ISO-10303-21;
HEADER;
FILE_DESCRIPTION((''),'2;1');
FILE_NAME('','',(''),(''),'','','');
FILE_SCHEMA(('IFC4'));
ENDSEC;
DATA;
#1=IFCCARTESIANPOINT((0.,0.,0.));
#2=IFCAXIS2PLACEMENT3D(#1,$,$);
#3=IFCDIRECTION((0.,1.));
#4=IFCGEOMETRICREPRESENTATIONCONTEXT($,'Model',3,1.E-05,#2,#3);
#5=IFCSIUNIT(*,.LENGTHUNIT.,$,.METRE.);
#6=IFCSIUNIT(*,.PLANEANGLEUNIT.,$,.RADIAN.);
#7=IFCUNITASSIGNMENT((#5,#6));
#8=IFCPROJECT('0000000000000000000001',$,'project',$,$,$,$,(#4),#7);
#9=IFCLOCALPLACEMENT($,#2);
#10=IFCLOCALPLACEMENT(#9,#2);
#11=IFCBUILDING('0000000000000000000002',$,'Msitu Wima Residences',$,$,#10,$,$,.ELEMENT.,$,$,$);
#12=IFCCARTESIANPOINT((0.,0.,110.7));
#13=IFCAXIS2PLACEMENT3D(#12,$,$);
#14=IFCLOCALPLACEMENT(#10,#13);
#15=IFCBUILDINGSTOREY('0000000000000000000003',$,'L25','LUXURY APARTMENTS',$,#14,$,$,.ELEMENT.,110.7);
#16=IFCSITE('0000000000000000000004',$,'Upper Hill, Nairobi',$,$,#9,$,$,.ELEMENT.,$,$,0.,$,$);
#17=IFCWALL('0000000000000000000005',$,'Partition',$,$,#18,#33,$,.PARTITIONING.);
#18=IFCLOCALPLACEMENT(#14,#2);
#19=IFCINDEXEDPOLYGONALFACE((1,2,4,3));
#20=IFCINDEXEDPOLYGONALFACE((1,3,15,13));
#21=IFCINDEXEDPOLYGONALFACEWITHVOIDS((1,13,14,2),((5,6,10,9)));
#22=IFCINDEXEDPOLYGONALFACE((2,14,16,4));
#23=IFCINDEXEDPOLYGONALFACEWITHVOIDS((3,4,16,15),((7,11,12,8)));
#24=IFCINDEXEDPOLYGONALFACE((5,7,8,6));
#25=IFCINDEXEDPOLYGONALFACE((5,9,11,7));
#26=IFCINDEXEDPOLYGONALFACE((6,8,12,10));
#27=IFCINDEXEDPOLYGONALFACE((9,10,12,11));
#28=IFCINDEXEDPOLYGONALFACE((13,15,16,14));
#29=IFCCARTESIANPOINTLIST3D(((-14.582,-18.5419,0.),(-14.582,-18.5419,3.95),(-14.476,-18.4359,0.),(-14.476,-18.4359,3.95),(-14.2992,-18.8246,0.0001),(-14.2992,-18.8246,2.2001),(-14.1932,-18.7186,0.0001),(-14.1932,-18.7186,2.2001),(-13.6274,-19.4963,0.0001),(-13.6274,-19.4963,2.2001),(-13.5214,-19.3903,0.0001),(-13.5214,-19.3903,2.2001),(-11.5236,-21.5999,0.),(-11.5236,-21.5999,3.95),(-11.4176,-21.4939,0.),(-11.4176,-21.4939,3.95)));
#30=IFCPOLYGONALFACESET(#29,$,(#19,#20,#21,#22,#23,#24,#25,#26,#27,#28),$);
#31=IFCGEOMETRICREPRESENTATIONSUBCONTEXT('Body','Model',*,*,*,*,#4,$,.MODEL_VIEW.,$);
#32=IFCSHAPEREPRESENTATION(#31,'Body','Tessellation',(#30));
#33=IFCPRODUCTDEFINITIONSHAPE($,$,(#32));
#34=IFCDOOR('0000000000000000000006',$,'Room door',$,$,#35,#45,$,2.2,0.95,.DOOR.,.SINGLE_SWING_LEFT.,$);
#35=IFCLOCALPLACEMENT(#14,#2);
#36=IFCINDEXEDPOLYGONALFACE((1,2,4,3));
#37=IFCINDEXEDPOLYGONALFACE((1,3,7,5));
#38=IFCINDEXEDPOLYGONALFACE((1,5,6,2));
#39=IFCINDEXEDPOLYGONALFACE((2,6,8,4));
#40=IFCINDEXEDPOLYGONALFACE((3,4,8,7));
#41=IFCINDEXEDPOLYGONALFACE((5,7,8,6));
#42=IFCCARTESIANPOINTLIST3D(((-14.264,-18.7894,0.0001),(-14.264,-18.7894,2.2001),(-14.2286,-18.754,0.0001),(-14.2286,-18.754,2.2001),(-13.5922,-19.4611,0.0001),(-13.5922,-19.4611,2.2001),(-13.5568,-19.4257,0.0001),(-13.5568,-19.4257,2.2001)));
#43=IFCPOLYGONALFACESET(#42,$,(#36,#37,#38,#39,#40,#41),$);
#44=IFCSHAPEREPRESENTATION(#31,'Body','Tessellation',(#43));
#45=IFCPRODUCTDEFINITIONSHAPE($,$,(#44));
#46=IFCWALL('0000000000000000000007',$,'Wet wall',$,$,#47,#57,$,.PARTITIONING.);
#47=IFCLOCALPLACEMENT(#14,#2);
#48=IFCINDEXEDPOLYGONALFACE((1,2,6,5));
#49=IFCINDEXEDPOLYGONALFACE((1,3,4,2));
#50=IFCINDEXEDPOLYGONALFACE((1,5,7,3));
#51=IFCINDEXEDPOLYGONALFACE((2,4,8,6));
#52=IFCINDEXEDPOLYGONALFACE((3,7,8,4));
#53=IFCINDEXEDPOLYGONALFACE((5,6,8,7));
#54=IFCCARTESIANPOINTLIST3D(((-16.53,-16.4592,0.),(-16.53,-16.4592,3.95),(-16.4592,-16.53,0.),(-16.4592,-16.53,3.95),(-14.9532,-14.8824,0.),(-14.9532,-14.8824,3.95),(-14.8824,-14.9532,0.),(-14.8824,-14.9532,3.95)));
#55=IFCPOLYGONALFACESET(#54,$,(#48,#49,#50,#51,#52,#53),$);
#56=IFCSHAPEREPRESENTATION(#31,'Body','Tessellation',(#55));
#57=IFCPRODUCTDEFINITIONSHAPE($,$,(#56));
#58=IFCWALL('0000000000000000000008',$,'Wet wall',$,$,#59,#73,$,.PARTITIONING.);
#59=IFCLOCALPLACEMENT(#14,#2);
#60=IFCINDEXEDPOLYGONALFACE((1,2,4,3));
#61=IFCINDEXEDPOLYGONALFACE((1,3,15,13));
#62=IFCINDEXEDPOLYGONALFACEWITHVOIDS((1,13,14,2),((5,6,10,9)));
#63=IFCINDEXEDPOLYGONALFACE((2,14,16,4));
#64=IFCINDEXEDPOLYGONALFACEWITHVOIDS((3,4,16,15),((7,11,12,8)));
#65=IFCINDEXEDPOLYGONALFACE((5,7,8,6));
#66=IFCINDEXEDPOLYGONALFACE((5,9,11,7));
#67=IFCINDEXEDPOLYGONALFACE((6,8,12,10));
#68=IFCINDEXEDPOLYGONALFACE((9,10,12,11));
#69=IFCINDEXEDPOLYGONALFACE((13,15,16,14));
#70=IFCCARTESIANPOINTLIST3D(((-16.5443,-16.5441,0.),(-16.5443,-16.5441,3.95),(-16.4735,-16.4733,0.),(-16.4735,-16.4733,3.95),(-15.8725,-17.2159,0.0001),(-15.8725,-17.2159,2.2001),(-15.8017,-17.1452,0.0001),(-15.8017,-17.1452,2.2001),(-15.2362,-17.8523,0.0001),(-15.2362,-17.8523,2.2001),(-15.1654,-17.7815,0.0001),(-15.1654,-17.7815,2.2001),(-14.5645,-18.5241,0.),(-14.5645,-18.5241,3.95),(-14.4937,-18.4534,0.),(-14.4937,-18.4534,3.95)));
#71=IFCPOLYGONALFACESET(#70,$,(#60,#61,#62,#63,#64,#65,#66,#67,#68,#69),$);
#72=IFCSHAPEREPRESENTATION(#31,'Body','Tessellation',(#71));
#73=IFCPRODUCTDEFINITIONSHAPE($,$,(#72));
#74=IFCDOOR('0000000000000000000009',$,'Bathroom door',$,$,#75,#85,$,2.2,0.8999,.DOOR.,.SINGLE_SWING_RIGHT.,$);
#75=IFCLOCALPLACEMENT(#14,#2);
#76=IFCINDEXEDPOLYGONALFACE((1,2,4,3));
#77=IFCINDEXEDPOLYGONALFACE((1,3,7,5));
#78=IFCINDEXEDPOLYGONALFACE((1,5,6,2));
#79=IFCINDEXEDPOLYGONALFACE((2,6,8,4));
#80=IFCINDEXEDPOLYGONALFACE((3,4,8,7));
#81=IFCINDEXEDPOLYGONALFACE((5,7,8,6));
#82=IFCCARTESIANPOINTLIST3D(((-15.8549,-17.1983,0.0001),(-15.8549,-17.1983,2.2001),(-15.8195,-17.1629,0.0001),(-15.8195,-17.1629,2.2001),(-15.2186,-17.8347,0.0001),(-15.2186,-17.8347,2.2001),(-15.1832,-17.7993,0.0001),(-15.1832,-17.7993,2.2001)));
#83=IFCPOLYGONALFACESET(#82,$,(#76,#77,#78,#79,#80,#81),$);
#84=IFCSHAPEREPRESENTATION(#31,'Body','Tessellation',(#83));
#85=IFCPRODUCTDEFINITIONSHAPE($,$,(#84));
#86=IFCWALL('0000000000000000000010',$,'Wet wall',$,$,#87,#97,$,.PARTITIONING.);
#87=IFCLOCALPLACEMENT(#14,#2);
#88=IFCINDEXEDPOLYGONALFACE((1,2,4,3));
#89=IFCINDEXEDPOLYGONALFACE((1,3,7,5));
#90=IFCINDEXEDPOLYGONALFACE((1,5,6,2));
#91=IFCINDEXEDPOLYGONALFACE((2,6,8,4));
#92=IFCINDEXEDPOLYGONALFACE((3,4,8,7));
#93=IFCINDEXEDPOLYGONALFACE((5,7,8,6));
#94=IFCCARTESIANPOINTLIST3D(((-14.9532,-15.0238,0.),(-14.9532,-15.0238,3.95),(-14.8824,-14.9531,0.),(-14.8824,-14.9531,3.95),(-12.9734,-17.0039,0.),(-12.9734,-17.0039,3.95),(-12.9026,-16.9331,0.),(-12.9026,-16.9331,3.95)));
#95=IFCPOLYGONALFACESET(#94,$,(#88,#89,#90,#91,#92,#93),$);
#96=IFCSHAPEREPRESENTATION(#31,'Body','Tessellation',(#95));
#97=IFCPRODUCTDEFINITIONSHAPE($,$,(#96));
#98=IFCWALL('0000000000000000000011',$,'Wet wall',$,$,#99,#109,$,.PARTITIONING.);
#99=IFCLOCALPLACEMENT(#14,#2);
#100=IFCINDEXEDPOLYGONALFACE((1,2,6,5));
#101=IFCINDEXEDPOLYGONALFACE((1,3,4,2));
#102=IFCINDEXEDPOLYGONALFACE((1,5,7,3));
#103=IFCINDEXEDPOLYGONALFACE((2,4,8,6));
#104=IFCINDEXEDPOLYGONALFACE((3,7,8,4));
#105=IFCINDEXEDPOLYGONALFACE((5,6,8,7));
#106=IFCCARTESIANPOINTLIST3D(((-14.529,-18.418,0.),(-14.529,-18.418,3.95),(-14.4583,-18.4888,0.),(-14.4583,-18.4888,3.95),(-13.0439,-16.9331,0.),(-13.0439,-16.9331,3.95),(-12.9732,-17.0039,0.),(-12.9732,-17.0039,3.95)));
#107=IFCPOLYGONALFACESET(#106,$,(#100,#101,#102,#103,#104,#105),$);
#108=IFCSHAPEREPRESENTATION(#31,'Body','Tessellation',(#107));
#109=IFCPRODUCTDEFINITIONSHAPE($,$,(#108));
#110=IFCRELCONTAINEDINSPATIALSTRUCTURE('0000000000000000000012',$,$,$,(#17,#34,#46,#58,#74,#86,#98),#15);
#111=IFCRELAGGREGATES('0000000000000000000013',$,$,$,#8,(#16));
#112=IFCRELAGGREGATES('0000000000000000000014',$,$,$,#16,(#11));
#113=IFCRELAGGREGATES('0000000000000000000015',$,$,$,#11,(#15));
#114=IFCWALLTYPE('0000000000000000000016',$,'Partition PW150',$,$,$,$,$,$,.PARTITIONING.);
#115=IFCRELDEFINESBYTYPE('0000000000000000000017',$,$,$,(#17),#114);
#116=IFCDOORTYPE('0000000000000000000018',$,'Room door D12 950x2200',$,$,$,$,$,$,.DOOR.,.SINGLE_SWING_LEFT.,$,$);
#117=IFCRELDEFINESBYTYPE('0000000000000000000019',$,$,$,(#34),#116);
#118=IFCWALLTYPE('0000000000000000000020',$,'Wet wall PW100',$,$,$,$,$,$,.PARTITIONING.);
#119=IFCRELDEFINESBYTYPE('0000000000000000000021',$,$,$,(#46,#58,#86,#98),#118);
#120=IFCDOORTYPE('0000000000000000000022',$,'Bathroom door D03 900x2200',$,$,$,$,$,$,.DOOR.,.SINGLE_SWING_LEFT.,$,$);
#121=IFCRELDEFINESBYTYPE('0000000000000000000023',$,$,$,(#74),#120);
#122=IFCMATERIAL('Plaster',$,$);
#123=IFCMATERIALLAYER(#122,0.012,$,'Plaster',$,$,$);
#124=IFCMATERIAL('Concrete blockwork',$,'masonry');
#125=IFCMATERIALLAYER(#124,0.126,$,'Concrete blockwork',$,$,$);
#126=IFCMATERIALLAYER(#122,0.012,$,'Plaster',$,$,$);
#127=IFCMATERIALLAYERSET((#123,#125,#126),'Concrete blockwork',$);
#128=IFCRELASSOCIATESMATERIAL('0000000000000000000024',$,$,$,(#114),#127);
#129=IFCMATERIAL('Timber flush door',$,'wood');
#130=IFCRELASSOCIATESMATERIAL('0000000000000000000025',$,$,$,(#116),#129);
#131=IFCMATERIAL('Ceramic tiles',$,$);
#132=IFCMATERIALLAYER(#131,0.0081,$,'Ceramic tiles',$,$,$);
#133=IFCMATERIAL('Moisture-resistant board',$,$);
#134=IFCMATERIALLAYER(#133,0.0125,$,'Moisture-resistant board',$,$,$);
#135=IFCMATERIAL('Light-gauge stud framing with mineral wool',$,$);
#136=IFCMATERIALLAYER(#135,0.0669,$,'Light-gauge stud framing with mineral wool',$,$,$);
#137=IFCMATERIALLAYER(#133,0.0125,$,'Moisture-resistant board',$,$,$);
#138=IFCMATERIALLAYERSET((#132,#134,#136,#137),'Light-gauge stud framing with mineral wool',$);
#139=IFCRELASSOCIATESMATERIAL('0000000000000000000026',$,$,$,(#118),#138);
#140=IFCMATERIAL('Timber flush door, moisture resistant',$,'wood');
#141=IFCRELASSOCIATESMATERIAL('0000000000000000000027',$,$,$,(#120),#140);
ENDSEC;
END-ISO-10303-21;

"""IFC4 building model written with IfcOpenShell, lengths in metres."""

from ifc_helpers import new_model, si_unit, direction, frame, frame_2d, origin, place, context, subcontext, project, spatial, rectangle, extrude, material, layer, layer_set, type_object, element, fill, save


model = new_model("IFC4")

# Units and contexts
model_context = context("Model", 3, precision=1e-05, world=origin(), true_north=direction((0.0, 1.0)))
body_context = subcontext(model_context, "Body", "Model", "MODEL_VIEW")
ifc_project = project(units=[si_unit("LENGTHUNIT", "METRE"), si_unit("PLANEANGLEUNIT", "RADIAN")], contexts=[model_context])

# Site, building, storey
site_placement = place(None, origin())
site = spatial("IfcSite", under=ifc_project, at=site_placement, Name="Upper Hill, Nairobi", CompositionType="ELEMENT", RefElevation=0.0)
building_placement = place(site_placement, origin())
building = spatial("IfcBuilding", under=site, at=building_placement, Name="Msitu Wima Residences", CompositionType="ELEMENT")
storey_placement = place(building_placement, frame((0.0, 0.0, 110.7)))
storey = spatial("IfcBuildingStorey", under=building, at=storey_placement, Name="L25", Description="LUXURY APARTMENTS", CompositionType="ELEMENT", Elevation=110.7)

# Shared definitions
ifc_material_1 = material(Name="Plaster")
ifc_material_2 = material(Name="Concrete blockwork", Category="masonry")

# Shared definitions
ifc_layer_1 = layer(ifc_material_1, 0.012, Name="Plaster")
ifc_layer_2 = layer(ifc_material_2, 0.126, Name="Concrete blockwork")
ifc_layer_3 = layer(ifc_material_1, 0.012, Name="Plaster")
ifc_layer_set_1 = layer_set([ifc_layer_1, ifc_layer_2, ifc_layer_3], Name="Concrete blockwork")
wall_type_1 = type_object("IfcWallType", Name="Partition PW150", PredefinedType="PARTITIONING", material=ifc_layer_set_1)

# Wall, opening, door
wall_1_placement = place(storey_placement, frame((-14.5291, -18.4888, 0.0), z_axis=(0.0, 0.0, 1.0), x_axis=(0.707135, -0.707079, 0.0)))
wall_1 = element("IfcWall", 1, at=wall_1_placement, inside=storey, type_object=wall_type_1, Name="Partition", PredefinedType="PARTITIONING", context=body_context, shape_type="SweptSolid", body=[
    extrude(rectangle(XDim=4.325, YDim=0.1499, at=frame_2d((2.1626, 0.0))), origin(), (0.0, 0.0, 1.0), 3.95),
])
opening_1_placement = place(wall_1_placement, frame((0.3999, 0.0, 0.0)))
opening_1 = element("IfcOpeningElement", 2, at=opening_1_placement, cuts=wall_1, PredefinedType="OPENING", context=body_context, shape_type="SweptSolid", body=[
    extrude(rectangle(XDim=0.95, YDim=2.2, at=frame_2d((0.4751, 1.1001))), frame((0.0, 0.085, 0.0), z_axis=(0.0, -1.0, 0.0), x_axis=(1.0, 0.0, 0.0)), (0.0, 0.0, 1.0), 0.1699),
])
ifc_material_3 = material(Name="Timber flush door", Category="wood")
door_type_1 = type_object("IfcDoorType", Name="Room door D12 950x2200", OperationType="SINGLE_SWING_LEFT", PredefinedType="DOOR", material=ifc_material_3)
door_1_placement = place(opening_1_placement, origin())
door_1 = element("IfcDoor", 3, at=door_1_placement, inside=storey, type_object=door_type_1, Name="Room door", OperationType="SINGLE_SWING_LEFT", OverallHeight=2.2, OverallWidth=0.95, PredefinedType="DOOR", context=body_context, shape_type="SweptSolid", body=[
    extrude(rectangle(XDim=0.95, YDim=2.2, at=frame_2d((0.4751, 1.1001))), frame((0.0, 0.0249, 0.0), z_axis=(0.0, -1.0, 0.0), x_axis=(1.0, 0.0, 0.0)), (0.0, 0.0, 1.0), 0.05),
])
fill(opening_1, door_1)

# Wall
ifc_material_4 = material(Name="Ceramic tiles")
ifc_layer_4 = layer(ifc_material_4, 0.0081, Name="Ceramic tiles")
ifc_material_5 = material(Name="Moisture-resistant board")
ifc_layer_5 = layer(ifc_material_5, 0.0125, Name="Moisture-resistant board")
ifc_material_6 = material(Name="Light-gauge stud framing with mineral wool")
ifc_layer_6 = layer(ifc_material_6, 0.0669, Name="Light-gauge stud framing with mineral wool")
ifc_layer_7 = layer(ifc_material_5, 0.0125, Name="Moisture-resistant board")
ifc_layer_set_2 = layer_set([ifc_layer_4, ifc_layer_5, ifc_layer_6, ifc_layer_7], Name="Light-gauge stud framing with mineral wool")
wall_type_2 = type_object("IfcWallType", Name="Wet wall PW100", PredefinedType="PARTITIONING", material=ifc_layer_set_2)
wall_2_placement = place(storey_placement, frame((-16.4946, -16.4946, 0.0), z_axis=(0.0, 0.0, 1.0), x_axis=(0.707107, 0.707107, 0.0)))
element("IfcWall", 4, at=wall_2_placement, inside=storey, type_object=wall_type_2, Name="Wet wall", PredefinedType="PARTITIONING", context=body_context, shape_type="SweptSolid", body=[
    extrude(rectangle(XDim=2.23, YDim=0.1001, at=frame_2d((1.115, 0.0))), origin(), (0.0, 0.0, 1.0), 3.95),
])

# Wall, opening, door
wall_3_placement = place(storey_placement, frame((-16.5088, -16.5088, 0.0), z_axis=(0.0, 0.0, 1.0), x_axis=(0.707063, -0.70715, 0.0)))
wall_3 = element("IfcWall", 5, at=wall_3_placement, inside=storey, type_object=wall_type_2, Name="Wet wall", PredefinedType="PARTITIONING", context=body_context, shape_type="SweptSolid", body=[
    extrude(rectangle(XDim=2.8, YDim=0.1001, at=frame_2d((1.3999, 0.0))), origin(), (0.0, 0.0, 1.0), 3.95),
])
opening_2_placement = place(wall_3_placement, frame((0.95, 0.0, 0.0)))
opening_2 = element("IfcOpeningElement", 6, at=opening_2_placement, cuts=wall_3, PredefinedType="OPENING", context=body_context, shape_type="SweptSolid", body=[
    extrude(rectangle(XDim=0.8999, YDim=2.2, at=frame_2d((0.45, 1.1001))), frame((0.0, 0.0601, 0.0), z_axis=(0.0, -1.0, 0.0), x_axis=(1.0, 0.0, 0.0)), (0.0, 0.0, 1.0), 0.1201),
])
ifc_material_7 = material(Name="Timber flush door, moisture resistant", Category="wood")
door_type_2 = type_object("IfcDoorType", Name="Bathroom door D03 900x2200", OperationType="SINGLE_SWING_LEFT", PredefinedType="DOOR", material=ifc_material_7)
door_2_placement = place(opening_2_placement, origin())
door_2 = element("IfcDoor", 7, at=door_2_placement, inside=storey, type_object=door_type_2, Name="Bathroom door", OperationType="SINGLE_SWING_RIGHT", OverallHeight=2.2, OverallWidth=0.8999, PredefinedType="DOOR", context=body_context, shape_type="SweptSolid", body=[
    extrude(rectangle(XDim=0.8999, YDim=2.2, at=frame_2d((0.45, 1.1001))), frame((0.0, 0.0249, 0.0), z_axis=(0.0, -1.0, 0.0), x_axis=(1.0, 0.0, 0.0)), (0.0, 0.0, 1.0), 0.05),
])
fill(opening_2, door_2)

# Walls
wall_4_placement = place(storey_placement, frame((-14.9177, -14.9885, 0.0), z_axis=(0.0, 0.0, 1.0), x_axis=(0.707063, -0.70715, 0.0)))
element("IfcWall", 8, at=wall_4_placement, inside=storey, type_object=wall_type_2, Name="Wet wall", PredefinedType="PARTITIONING", context=body_context, shape_type="SweptSolid", body=[
    extrude(rectangle(XDim=2.8, YDim=0.1001, at=frame_2d((1.3999, 0.0))), origin(), (0.0, 0.0, 1.0), 3.95),
])
wall_5_placement = place(storey_placement, frame((-14.4937, -18.4534, 0.0), z_axis=(0.0, 0.0, 1.0), x_axis=(0.707165, 0.707049, 0.0)))
element("IfcWall", 9, at=wall_5_placement, inside=storey, type_object=wall_type_2, Name="Wet wall", PredefinedType="PARTITIONING", context=body_context, shape_type="SweptSolid", body=[
    extrude(rectangle(XDim=2.1001, YDim=0.1001, at=frame_2d((1.05, 0.0))), origin(), (0.0, 0.0, 1.0), 3.95),
])

save(model, "model.ifc")
